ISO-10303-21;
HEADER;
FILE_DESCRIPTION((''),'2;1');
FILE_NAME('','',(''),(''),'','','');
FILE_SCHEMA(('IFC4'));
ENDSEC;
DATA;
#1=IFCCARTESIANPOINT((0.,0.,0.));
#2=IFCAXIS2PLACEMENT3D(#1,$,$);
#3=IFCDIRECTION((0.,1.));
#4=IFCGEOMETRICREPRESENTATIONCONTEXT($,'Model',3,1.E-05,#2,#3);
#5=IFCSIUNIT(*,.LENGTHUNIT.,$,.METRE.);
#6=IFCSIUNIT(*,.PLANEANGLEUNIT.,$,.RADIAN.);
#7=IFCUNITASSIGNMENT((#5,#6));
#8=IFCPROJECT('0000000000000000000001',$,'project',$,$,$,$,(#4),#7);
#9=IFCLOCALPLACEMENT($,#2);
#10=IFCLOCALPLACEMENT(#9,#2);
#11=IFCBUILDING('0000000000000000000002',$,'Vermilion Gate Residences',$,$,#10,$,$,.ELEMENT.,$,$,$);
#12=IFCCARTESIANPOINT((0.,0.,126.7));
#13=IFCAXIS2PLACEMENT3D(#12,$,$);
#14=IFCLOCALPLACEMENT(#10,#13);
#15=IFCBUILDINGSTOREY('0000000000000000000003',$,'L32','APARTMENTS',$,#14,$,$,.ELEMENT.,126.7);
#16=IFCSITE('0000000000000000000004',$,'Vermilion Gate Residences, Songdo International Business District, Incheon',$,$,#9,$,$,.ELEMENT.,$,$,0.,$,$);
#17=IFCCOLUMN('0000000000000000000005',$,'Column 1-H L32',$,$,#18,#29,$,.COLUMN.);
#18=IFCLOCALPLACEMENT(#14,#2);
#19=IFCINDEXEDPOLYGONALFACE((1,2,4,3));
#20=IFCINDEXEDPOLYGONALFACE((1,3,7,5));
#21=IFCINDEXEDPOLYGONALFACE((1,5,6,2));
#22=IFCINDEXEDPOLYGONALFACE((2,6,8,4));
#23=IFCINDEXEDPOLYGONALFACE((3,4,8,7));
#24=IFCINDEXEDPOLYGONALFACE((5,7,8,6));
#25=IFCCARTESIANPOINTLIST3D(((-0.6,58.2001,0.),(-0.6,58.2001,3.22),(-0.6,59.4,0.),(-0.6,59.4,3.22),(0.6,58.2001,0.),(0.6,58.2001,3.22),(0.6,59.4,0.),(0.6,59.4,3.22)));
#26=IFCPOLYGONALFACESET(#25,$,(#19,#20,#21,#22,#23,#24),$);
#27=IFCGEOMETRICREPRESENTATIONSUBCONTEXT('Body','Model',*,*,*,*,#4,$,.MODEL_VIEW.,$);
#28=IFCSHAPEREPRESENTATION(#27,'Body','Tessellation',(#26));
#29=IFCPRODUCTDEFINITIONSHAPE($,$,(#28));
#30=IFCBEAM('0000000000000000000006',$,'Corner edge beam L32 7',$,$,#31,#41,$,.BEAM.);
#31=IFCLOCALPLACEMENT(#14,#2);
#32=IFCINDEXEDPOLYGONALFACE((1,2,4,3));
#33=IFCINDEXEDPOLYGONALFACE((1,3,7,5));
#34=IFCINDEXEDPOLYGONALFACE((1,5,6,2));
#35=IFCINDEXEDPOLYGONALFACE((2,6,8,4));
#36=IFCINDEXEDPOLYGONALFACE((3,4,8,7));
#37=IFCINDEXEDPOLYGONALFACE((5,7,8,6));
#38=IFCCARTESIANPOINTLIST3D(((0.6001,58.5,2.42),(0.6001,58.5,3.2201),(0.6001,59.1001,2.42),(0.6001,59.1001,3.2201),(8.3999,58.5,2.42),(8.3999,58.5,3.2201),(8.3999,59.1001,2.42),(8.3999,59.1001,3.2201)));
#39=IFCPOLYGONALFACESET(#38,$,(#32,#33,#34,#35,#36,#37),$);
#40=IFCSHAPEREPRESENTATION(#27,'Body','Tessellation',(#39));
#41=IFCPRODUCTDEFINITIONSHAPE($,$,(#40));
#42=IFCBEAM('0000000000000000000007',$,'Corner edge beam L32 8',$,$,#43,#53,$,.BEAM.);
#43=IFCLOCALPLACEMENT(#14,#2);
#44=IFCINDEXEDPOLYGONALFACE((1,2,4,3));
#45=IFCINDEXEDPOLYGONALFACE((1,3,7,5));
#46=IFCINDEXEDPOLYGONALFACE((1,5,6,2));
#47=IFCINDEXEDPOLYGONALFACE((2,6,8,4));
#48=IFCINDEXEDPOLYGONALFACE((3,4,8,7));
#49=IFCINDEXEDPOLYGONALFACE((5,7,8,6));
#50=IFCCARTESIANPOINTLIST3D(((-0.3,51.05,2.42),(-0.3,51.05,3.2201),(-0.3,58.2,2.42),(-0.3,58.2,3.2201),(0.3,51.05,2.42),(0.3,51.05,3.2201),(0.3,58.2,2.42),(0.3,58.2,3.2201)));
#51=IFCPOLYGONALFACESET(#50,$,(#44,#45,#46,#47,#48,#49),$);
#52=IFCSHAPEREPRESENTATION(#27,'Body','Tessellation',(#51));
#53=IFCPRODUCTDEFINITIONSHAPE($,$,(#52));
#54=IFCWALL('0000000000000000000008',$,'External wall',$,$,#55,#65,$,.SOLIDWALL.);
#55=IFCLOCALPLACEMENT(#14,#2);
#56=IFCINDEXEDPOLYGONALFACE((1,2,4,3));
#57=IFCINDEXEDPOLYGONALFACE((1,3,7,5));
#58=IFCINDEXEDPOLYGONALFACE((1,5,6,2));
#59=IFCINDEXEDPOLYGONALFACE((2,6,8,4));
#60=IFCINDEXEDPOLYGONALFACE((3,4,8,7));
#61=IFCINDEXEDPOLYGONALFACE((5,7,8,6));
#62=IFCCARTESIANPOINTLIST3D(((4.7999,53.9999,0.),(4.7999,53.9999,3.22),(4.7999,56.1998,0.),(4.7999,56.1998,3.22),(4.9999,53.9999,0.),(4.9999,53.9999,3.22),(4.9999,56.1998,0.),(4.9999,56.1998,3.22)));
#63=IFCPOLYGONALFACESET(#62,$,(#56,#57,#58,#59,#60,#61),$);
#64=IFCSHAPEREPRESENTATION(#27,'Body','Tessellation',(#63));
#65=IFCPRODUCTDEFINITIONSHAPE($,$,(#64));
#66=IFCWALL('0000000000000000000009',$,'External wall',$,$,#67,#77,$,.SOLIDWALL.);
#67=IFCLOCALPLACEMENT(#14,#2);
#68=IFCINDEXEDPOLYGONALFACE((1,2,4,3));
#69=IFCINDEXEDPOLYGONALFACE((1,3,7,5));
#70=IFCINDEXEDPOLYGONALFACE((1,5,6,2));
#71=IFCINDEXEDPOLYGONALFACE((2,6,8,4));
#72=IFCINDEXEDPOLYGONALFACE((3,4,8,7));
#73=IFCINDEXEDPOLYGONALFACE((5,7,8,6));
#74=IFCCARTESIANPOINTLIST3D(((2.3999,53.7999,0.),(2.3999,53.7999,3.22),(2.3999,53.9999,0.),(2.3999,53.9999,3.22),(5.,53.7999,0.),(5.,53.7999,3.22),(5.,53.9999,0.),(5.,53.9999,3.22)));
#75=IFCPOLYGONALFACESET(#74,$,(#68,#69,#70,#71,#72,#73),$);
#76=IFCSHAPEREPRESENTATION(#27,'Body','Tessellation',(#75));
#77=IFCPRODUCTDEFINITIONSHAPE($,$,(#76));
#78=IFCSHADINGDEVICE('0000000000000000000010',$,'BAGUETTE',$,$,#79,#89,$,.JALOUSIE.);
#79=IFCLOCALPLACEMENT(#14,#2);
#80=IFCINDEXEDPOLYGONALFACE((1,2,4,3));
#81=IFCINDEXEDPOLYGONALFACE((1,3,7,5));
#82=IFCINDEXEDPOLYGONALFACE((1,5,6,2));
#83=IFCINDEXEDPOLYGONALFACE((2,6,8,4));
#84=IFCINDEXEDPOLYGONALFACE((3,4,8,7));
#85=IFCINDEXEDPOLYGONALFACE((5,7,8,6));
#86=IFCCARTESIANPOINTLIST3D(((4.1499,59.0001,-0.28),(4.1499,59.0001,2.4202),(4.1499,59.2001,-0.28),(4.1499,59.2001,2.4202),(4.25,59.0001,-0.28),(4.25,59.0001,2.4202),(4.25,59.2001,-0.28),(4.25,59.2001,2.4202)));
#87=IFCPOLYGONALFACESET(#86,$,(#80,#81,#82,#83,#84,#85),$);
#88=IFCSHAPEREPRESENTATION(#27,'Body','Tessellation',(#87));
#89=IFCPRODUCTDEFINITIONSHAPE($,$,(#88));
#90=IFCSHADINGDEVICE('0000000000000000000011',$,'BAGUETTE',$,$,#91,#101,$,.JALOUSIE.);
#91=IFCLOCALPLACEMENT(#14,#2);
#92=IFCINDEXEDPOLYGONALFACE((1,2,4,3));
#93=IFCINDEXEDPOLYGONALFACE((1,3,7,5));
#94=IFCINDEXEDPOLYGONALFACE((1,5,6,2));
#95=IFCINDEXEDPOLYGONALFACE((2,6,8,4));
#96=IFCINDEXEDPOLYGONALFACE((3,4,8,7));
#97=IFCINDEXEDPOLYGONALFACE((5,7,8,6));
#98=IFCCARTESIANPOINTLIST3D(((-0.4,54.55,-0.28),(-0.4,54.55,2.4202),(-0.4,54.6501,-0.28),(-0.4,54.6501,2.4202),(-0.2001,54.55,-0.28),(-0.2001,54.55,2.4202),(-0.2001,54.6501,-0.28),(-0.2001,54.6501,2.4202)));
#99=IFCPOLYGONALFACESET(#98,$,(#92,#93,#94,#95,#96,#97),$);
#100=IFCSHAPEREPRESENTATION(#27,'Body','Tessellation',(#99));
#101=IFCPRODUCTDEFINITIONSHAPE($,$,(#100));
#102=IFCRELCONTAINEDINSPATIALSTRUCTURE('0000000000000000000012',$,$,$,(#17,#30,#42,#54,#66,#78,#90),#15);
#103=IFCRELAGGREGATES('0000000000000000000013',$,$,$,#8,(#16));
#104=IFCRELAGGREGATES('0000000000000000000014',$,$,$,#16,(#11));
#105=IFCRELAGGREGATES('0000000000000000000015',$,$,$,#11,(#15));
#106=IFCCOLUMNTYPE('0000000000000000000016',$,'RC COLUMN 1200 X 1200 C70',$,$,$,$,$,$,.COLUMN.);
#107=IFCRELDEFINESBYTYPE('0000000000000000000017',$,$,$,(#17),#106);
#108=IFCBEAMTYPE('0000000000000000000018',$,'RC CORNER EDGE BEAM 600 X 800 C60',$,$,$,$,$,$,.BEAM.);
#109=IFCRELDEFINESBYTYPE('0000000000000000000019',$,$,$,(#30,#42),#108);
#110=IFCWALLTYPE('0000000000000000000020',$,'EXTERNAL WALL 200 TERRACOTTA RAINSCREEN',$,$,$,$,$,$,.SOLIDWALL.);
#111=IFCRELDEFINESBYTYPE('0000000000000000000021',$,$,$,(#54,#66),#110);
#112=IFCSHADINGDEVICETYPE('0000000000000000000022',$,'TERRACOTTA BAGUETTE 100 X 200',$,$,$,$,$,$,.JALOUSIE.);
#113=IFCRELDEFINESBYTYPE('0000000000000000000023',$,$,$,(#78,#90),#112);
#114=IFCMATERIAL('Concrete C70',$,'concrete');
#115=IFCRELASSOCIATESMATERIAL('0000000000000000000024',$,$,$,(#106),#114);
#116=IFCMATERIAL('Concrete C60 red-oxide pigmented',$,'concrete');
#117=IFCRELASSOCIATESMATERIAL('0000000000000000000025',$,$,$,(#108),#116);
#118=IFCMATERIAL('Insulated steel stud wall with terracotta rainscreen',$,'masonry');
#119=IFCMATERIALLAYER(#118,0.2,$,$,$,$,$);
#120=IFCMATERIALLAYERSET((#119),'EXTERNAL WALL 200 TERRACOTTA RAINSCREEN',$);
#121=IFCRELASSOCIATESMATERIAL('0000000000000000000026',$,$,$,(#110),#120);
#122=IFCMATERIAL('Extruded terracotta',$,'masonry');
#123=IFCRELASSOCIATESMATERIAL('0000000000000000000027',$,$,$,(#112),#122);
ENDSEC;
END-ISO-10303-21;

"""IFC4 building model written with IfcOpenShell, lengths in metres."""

from ifc_helpers import new_model, si_unit, direction, frame, frame_2d, origin, origin_2d, place, context, subcontext, project, spatial, rectangle, extrude, material, layer, layer_set, material_profile, profile_set, type_object, element, save


model = new_model("IFC4")

# Units and contexts
model_context = context("Model", 3, precision=1e-05, world=origin(), true_north=direction((0.0, 1.0)))
body_context = subcontext(model_context, "Body", "Model", "MODEL_VIEW")
ifc_project = project(units=[si_unit("LENGTHUNIT", "METRE"), si_unit("PLANEANGLEUNIT", "RADIAN")], contexts=[model_context])

# Site, building, storey
site_placement = place(None, origin())
site = spatial("IfcSite", under=ifc_project, at=site_placement, Name="Vermilion Gate Residences, Songdo International Business District, Incheon", CompositionType="ELEMENT", RefElevation=0.0)
building_placement = place(site_placement, origin())
building = spatial("IfcBuilding", under=site, at=building_placement, Name="Vermilion Gate Residences", CompositionType="ELEMENT")
storey_placement = place(building_placement, frame((0.0, 0.0, 126.7)))
storey = spatial("IfcBuildingStorey", under=building, at=storey_placement, Name="L32", Description="APARTMENTS", CompositionType="ELEMENT", Elevation=126.7)

# Column
ifc_material_1 = material(Name="Concrete C70", Category="concrete")
ifc_material_profile_1 = material_profile(ifc_material_1, rectangle(XDim=1.2, YDim=1.2, at=origin_2d()), Name="RC-1200x1200")
ifc_profile_set_1 = profile_set([ifc_material_profile_1], Name="Concrete C70")
column_type = type_object("IfcColumnType", Name="RC COLUMN 1200 X 1200 C70", PredefinedType="COLUMN", material=ifc_profile_set_1)
column_placement = place(storey_placement, frame((0.0, 58.8, 0.0), z_axis=(0.0, 0.0, 1.0), x_axis=(1.0, 0.0, 0.0)))
element("IfcColumn", 1, at=column_placement, inside=storey, type_object=column_type, Name="Column 1-H L32", PredefinedType="COLUMN", context=body_context, shape_type="SweptSolid", body=[
    extrude(rectangle(XDim=1.2, YDim=1.2, at=origin_2d()), origin(), (0.0, 0.0, 1.0), 3.22),
])

# Beams
ifc_material_2 = material(Name="Concrete C60 red-oxide pigmented", Category="concrete")
ifc_material_profile_2 = material_profile(ifc_material_2, rectangle(XDim=0.6001, YDim=0.8, at=origin_2d()), Name="RC-600x800")
ifc_profile_set_2 = profile_set([ifc_material_profile_2], Name="Concrete C60 red-oxide pigmented")
beam_type = type_object("IfcBeamType", Name="RC CORNER EDGE BEAM 600 X 800 C60", PredefinedType="BEAM", material=ifc_profile_set_2)
beam_1_placement = place(storey_placement, frame((0.6001, 58.8, 2.8201), z_axis=(1.0, 0.0, 0.0), x_axis=(0.0, 1.0, 0.0)))
element("IfcBeam", 2, at=beam_1_placement, inside=storey, type_object=beam_type, Name="Corner edge beam L32 7", PredefinedType="BEAM", context=body_context, shape_type="SweptSolid", body=[
    extrude(rectangle(XDim=0.6001, YDim=0.8, at=origin_2d()), origin(), (0.0, 0.0, 1.0), 7.7998),
])
beam_2_placement = place(storey_placement, frame((0.0, 51.05, 2.8201), z_axis=(0.0, 1.0, 0.0), x_axis=(-1.0, 0.0, 0.0)))
element("IfcBeam", 3, at=beam_2_placement, inside=storey, type_object=beam_type, Name="Corner edge beam L32 8", PredefinedType="BEAM", context=body_context, shape_type="SweptSolid", body=[
    extrude(rectangle(XDim=0.6001, YDim=0.8, at=origin_2d()), origin(), (0.0, 0.0, 1.0), 7.1499),
])

# Walls
ifc_material_3 = material(Name="Insulated steel stud wall with terracotta rainscreen", Category="masonry")
ifc_layer = layer(ifc_material_3, 0.2)
ifc_layer_set = layer_set([ifc_layer], Name="EXTERNAL WALL 200 TERRACOTTA RAINSCREEN")
wall_type = type_object("IfcWallType", Name="EXTERNAL WALL 200 TERRACOTTA RAINSCREEN", PredefinedType="SOLIDWALL", material=ifc_layer_set)
wall_1_placement = place(storey_placement, frame((4.8999, 56.2, 0.0), z_axis=(0.0, 0.0, 1.0), x_axis=(0.0, -1.0, 0.0)))
element("IfcWall", 4, at=wall_1_placement, inside=storey, type_object=wall_type, Name="External wall", PredefinedType="SOLIDWALL", context=body_context, shape_type="SweptSolid", body=[
    extrude(rectangle(XDim=2.2, YDim=0.2, at=frame_2d((1.1001, 0.0))), origin(), (0.0, 0.0, 1.0), 3.22),
])
wall_2_placement = place(storey_placement, frame((5.0, 53.8999, 0.0), z_axis=(0.0, 0.0, 1.0), x_axis=(-1.0, 0.0, 0.0)))
element("IfcWall", 5, at=wall_2_placement, inside=storey, type_object=wall_type, Name="External wall", PredefinedType="SOLIDWALL", context=body_context, shape_type="SweptSolid", body=[
    extrude(rectangle(XDim=2.6001, YDim=0.2, at=frame_2d((1.3, 0.0))), origin(), (0.0, 0.0, 1.0), 3.22),
])

# Shading devices
ifc_material_4 = material(Name="Extruded terracotta", Category="masonry")
ifc_material_profile_3 = material_profile(ifc_material_4, rectangle(XDim=0.2, YDim=0.1001, at=origin_2d()), Name="BAGUETTE 100 X 200")
ifc_profile_set_3 = profile_set([ifc_material_profile_3], Name="Extruded terracotta")
shading_device_type = type_object("IfcShadingDeviceType", Name="TERRACOTTA BAGUETTE 100 X 200", PredefinedType="JALOUSIE", material=ifc_profile_set_3)
for number, where, z_axis, x_axis, name in (
    (6, (4.2, 59.1001, -0.28), (0.0, 0.0, 1.0), (0.0, -1.0, 0.0), "BAGUETTE"),
    (7, (-0.3, 54.6001, -0.28), (0.0, 0.0, 1.0), (1.0, 0.0, 0.0), "BAGUETTE"),
):
    element("IfcShadingDevice", number, at=place(storey_placement, frame(where, z_axis=z_axis, x_axis=x_axis)), inside=storey, type_object=shading_device_type, Name=name, PredefinedType="JALOUSIE", context=body_context, shape_type="SweptSolid", body=[
        extrude(rectangle(XDim=0.2, YDim=0.1001, at=origin_2d()), origin(), (0.0, 0.0, 1.0), 2.7002),
    ])

save(model, "model.ifc")
